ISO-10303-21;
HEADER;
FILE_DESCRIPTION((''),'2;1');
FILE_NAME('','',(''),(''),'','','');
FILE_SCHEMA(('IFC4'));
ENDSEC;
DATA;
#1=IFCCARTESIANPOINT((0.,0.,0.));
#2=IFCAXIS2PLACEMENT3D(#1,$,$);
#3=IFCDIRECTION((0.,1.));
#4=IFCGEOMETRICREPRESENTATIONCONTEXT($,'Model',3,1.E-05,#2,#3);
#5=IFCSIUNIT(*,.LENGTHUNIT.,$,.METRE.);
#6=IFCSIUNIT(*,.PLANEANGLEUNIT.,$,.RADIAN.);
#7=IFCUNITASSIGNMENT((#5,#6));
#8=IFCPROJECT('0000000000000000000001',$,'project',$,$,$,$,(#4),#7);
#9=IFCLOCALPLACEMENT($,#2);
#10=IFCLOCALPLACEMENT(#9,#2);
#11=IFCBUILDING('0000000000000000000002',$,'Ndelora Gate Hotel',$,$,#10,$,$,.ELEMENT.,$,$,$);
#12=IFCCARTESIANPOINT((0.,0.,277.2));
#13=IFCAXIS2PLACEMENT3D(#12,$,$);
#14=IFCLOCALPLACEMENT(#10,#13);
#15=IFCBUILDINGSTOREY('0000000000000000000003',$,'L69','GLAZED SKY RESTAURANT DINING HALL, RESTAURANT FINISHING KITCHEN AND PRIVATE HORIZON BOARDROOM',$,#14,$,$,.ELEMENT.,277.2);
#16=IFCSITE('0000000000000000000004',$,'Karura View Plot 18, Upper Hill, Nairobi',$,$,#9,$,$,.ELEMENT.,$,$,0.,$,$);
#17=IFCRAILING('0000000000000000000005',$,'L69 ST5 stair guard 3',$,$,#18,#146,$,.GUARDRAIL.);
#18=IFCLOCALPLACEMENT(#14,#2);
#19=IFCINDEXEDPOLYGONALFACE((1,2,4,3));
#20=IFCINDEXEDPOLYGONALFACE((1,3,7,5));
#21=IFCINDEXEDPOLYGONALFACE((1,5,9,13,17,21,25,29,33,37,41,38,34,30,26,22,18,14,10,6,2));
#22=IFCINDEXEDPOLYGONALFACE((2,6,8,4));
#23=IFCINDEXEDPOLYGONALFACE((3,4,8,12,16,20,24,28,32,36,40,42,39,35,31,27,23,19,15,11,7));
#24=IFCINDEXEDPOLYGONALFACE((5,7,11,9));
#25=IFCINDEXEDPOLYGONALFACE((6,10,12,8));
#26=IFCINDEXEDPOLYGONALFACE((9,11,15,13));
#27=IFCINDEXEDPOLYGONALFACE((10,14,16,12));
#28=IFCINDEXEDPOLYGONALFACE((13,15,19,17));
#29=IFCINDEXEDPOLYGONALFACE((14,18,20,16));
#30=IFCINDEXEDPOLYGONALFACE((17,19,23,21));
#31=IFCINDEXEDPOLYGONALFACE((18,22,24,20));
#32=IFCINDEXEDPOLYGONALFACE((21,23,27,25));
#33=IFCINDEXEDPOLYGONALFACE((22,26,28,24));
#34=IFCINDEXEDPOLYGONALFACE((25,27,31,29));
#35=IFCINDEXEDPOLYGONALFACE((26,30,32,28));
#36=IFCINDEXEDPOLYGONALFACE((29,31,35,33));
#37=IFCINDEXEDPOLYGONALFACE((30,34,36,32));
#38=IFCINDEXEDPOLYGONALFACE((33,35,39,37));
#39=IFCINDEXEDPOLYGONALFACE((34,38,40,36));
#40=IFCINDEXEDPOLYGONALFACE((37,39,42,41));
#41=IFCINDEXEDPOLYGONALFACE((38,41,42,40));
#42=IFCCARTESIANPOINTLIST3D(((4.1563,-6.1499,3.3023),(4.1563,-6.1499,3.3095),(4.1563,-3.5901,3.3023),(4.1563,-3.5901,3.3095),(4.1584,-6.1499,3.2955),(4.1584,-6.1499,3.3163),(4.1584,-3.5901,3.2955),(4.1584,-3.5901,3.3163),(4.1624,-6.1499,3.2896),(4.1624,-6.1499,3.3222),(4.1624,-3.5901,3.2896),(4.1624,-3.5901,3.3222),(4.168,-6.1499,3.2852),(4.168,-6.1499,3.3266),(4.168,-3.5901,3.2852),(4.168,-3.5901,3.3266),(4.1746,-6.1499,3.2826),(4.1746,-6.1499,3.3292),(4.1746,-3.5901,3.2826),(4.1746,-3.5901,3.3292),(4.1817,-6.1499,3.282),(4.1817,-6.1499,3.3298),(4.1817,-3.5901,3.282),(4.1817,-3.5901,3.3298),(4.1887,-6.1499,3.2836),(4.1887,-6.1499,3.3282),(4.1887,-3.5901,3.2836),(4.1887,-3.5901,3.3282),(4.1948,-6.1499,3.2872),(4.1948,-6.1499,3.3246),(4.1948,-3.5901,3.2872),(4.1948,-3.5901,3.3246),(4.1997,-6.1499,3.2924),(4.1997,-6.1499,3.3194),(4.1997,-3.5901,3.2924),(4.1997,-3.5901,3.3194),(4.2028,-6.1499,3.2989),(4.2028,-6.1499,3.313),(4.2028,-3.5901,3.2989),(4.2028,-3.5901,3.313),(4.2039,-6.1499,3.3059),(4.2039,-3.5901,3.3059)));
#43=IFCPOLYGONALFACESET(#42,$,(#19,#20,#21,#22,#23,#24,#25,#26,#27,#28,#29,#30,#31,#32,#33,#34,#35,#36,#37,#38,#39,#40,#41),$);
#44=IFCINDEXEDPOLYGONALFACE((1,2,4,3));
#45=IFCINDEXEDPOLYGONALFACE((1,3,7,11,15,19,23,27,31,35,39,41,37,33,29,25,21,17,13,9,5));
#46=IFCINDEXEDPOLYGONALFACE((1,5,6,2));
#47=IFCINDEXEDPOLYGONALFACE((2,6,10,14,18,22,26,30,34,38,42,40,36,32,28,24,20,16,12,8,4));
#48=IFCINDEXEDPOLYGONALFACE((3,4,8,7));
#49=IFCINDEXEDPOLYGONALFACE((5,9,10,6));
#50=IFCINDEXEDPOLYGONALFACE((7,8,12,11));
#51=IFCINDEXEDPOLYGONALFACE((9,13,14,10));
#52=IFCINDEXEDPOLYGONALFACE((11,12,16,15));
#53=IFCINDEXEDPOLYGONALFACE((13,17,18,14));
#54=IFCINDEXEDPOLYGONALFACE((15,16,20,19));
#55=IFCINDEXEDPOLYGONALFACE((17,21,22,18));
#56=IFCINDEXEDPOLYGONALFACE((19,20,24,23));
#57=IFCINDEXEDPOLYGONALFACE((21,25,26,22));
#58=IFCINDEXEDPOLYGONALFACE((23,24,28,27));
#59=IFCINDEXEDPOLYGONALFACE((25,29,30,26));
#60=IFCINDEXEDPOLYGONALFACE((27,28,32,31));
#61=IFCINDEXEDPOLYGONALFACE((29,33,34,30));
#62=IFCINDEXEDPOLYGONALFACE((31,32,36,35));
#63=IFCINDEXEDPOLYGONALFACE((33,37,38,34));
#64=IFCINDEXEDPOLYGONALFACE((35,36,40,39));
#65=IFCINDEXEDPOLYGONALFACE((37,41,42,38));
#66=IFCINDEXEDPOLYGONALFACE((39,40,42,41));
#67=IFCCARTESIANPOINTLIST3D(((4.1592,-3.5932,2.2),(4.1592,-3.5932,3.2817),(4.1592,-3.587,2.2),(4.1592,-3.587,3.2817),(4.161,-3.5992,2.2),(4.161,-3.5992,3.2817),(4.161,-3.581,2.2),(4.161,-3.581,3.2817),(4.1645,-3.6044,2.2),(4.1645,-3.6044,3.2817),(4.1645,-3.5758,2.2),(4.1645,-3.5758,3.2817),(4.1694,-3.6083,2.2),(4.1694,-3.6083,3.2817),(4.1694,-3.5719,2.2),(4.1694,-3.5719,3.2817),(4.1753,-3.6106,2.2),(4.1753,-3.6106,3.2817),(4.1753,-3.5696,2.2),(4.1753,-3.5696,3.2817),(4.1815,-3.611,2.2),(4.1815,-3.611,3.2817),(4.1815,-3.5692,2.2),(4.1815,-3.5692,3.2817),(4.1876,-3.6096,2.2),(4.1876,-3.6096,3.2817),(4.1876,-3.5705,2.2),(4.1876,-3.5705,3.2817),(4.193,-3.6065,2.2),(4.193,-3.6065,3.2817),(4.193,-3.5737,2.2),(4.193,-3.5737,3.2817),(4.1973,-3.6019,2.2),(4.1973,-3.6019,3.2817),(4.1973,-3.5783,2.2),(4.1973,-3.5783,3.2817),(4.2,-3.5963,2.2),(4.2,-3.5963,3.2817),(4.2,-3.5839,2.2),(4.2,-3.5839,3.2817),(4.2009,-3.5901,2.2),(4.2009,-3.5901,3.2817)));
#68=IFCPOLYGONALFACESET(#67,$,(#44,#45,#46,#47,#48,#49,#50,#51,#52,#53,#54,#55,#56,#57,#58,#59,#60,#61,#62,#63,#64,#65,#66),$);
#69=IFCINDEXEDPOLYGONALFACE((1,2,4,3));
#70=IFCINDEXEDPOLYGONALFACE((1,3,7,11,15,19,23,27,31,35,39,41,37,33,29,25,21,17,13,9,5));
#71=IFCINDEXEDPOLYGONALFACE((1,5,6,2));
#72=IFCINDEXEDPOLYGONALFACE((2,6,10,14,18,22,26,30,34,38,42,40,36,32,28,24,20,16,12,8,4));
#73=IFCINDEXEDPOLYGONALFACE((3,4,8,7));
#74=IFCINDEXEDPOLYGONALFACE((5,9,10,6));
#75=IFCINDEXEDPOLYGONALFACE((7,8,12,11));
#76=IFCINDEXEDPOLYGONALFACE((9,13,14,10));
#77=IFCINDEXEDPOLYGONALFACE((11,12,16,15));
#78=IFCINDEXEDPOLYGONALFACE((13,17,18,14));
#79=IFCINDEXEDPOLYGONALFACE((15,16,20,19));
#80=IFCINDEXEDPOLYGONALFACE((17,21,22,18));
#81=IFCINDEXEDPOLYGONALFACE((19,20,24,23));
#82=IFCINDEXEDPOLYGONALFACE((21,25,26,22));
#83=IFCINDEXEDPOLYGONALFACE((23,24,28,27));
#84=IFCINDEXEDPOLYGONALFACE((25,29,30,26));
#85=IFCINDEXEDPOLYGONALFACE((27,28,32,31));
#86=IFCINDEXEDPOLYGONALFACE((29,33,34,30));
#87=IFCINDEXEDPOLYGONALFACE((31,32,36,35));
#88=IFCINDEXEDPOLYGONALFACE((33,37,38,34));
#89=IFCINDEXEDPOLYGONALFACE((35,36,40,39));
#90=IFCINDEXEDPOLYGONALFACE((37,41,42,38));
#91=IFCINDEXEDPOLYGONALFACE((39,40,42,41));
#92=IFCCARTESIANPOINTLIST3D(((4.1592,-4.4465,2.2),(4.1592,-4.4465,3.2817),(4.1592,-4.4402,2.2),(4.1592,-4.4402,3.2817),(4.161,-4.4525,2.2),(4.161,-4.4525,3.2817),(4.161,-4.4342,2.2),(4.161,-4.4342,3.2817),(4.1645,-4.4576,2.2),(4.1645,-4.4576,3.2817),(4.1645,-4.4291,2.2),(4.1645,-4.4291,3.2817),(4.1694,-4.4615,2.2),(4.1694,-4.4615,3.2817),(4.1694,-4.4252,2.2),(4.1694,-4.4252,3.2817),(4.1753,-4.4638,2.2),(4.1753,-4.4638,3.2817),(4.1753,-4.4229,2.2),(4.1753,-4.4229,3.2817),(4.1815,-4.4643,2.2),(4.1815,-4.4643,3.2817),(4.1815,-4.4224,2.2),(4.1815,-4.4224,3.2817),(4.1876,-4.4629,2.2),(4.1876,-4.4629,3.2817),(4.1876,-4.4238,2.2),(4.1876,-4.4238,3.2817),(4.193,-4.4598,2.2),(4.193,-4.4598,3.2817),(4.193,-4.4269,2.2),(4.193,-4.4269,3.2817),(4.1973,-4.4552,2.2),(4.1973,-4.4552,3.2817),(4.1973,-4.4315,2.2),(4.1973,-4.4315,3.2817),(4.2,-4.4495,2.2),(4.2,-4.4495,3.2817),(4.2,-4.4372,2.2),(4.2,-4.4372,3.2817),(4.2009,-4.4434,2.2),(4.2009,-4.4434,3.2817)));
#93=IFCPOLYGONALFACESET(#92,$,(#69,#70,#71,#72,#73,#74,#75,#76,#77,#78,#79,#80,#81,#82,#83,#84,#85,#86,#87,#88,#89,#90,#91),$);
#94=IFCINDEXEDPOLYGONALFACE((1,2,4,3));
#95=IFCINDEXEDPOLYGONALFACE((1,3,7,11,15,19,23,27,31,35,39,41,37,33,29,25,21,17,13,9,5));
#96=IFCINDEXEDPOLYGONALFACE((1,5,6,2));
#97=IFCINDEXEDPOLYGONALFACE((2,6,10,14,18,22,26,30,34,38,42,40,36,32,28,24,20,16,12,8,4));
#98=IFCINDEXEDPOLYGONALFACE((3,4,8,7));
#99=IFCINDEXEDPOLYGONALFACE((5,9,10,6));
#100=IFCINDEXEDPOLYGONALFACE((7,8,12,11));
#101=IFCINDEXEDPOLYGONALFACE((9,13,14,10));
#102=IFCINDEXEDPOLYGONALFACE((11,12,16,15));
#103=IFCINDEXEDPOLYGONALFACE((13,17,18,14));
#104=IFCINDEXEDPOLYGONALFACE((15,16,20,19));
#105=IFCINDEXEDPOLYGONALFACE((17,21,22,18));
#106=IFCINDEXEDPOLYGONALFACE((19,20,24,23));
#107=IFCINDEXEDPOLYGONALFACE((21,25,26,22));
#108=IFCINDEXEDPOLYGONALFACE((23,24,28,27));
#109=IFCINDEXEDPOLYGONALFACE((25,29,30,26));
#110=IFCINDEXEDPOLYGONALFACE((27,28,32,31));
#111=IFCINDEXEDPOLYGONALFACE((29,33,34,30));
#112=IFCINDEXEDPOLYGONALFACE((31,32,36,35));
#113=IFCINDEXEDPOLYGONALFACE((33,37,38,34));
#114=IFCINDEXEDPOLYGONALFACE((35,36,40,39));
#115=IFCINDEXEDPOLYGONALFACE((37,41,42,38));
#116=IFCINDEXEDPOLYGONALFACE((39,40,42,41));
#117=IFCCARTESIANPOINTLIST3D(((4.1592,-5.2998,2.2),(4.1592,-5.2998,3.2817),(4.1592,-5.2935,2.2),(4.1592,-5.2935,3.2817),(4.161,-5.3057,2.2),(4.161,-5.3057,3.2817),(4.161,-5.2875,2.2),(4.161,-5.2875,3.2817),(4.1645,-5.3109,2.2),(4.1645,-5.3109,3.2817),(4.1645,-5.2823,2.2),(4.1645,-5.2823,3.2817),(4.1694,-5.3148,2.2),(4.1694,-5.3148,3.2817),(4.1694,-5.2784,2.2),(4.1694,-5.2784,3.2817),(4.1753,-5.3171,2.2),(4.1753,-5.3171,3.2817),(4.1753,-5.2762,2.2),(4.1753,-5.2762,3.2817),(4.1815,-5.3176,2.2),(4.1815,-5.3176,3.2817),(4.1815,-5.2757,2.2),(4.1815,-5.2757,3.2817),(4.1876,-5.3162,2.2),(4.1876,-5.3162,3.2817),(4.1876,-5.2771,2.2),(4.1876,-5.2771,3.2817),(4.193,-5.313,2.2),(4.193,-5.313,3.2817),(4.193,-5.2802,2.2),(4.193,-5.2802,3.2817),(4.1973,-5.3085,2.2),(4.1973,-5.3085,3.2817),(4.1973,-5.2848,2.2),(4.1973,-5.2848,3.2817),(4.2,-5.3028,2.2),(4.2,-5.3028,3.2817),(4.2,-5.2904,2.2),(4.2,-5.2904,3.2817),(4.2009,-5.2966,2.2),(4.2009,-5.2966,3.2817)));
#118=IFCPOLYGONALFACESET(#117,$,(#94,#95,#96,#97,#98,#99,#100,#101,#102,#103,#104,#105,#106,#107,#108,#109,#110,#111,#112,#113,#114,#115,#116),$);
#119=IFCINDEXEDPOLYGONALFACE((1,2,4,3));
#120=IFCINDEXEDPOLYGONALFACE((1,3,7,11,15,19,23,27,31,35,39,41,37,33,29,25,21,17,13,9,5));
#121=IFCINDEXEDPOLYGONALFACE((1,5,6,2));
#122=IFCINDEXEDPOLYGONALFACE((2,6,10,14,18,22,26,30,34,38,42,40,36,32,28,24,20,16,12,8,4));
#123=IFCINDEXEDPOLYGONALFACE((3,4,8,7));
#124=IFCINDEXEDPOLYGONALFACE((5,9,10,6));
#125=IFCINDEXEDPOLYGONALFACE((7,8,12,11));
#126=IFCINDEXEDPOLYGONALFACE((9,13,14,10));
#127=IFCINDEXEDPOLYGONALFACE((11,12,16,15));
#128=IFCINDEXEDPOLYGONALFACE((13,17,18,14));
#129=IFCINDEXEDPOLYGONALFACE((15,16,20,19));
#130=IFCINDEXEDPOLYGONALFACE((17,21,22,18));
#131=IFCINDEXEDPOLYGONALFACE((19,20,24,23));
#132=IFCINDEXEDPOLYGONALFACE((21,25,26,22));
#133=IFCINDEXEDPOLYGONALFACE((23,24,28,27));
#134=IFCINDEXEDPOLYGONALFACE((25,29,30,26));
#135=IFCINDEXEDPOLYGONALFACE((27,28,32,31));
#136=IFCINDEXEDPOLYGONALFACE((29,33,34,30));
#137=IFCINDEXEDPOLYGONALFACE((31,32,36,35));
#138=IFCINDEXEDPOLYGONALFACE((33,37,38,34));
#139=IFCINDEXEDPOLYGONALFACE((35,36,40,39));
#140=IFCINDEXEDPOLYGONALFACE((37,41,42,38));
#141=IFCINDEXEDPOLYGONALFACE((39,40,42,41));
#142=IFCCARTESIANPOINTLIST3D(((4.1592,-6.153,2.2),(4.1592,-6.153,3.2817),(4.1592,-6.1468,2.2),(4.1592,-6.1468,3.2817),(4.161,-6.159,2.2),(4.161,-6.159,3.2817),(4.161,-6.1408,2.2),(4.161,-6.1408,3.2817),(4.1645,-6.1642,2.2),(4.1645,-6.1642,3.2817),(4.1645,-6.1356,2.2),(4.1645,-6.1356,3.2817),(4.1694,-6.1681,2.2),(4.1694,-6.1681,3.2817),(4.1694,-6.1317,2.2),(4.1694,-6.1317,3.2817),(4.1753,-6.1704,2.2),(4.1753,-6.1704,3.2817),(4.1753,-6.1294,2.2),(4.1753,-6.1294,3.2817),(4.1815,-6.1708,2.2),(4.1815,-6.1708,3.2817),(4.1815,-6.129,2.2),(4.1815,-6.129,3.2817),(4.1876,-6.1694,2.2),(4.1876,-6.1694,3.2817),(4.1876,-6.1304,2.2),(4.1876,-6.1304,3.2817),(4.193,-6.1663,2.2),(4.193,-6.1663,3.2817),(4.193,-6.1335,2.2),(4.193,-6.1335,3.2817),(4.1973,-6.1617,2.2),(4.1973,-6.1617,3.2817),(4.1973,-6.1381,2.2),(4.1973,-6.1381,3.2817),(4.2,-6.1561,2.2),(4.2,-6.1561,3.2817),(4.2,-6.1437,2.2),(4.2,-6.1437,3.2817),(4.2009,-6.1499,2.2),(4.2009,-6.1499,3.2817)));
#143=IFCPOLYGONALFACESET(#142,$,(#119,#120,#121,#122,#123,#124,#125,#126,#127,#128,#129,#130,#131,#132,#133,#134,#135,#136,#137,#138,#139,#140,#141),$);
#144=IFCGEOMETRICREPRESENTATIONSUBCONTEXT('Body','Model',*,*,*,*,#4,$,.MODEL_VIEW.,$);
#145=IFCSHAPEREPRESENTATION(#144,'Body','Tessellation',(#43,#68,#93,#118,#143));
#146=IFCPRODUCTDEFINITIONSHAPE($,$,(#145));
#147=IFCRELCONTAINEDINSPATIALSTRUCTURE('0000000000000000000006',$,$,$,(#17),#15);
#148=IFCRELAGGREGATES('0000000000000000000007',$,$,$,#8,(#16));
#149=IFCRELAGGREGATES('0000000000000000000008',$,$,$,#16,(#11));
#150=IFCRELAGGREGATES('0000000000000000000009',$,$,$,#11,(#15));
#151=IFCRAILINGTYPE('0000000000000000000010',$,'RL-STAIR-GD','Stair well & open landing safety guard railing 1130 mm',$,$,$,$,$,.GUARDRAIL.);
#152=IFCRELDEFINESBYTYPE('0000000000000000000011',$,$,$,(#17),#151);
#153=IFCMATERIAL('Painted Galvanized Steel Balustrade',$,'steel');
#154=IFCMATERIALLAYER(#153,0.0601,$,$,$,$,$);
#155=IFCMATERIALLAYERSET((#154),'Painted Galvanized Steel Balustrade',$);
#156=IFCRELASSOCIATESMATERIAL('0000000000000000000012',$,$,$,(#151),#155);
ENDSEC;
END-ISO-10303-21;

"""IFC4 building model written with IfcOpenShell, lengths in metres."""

from ifc_helpers import new_model, si_unit, direction, frame, origin, origin_2d, place, context, subcontext, project, spatial, circle, extrude, material, layer, layer_set, type_object, element, save


model = new_model("IFC4")

# Units and contexts
model_context = context("Model", 3, precision=1e-05, world=origin(), true_north=direction((0.0, 1.0)))
body_context = subcontext(model_context, "Body", "Model", "MODEL_VIEW")
ifc_project = project(units=[si_unit("LENGTHUNIT", "METRE"), si_unit("PLANEANGLEUNIT", "RADIAN")], contexts=[model_context])

# Site, building, storey
site_placement = place(None, origin())
site = spatial("IfcSite", under=ifc_project, at=site_placement, Name="Karura View Plot 18, Upper Hill, Nairobi", CompositionType="ELEMENT", RefElevation=0.0)
building_placement = place(site_placement, origin())
building = spatial("IfcBuilding", under=site, at=building_placement, Name="Ndelora Gate Hotel", CompositionType="ELEMENT")
storey_placement = place(building_placement, frame((0.0, 0.0, 277.2)))
storey = spatial("IfcBuildingStorey", under=building, at=storey_placement, Name="L69", Description="GLAZED SKY RESTAURANT DINING HALL, RESTAURANT FINISHING KITCHEN AND PRIVATE HORIZON BOARDROOM", CompositionType="ELEMENT", Elevation=277.2)

# Railing
ifc_material_1 = material(Name="Painted Galvanized Steel Balustrade", Category="steel")
ifc_layer_1 = layer(ifc_material_1, 0.0601)
ifc_layer_set_1 = layer_set([ifc_layer_1], Name="Painted Galvanized Steel Balustrade")
railing_type_1 = type_object("IfcRailingType", Name="RL-STAIR-GD", Description="Stair well & open landing safety guard railing 1130 mm", PredefinedType="GUARDRAIL", material=ifc_layer_set_1)
for number, where, name in (
    (1, (4.1799, -3.5901, 2.2), "L69 ST5 stair guard 3"),
):
    element("IfcRailing", number, at=place(storey_placement, frame(where)), inside=storey, type_object=railing_type_1, Name=name, PredefinedType="GUARDRAIL", context=body_context, shape_type="SweptSolid", body=[
        extrude(circle(Radius=0.0239, at=origin_2d()), frame((0.0, 0.0, 1.106), z_axis=(0.0, -1.0, 0.0), x_axis=(1.0, 0.0, 0.0)), (0.0, 0.0, 1.0), 2.5598),
        extrude(circle(Radius=0.021, at=origin_2d()), origin(), (0.0, 0.0, 1.0), 1.0818),
        extrude(circle(Radius=0.021, at=origin_2d()), frame((0.0, -0.8533, 0.0)), (0.0, 0.0, 1.0), 1.0818),
        extrude(circle(Radius=0.021, at=origin_2d()), frame((0.0, -1.7065, 0.0)), (0.0, 0.0, 1.0), 1.0818),
        extrude(circle(Radius=0.021, at=origin_2d()), frame((0.0, -2.5598, 0.0)), (0.0, 0.0, 1.0), 1.0818),
    ])

save(model, "model.ifc")
